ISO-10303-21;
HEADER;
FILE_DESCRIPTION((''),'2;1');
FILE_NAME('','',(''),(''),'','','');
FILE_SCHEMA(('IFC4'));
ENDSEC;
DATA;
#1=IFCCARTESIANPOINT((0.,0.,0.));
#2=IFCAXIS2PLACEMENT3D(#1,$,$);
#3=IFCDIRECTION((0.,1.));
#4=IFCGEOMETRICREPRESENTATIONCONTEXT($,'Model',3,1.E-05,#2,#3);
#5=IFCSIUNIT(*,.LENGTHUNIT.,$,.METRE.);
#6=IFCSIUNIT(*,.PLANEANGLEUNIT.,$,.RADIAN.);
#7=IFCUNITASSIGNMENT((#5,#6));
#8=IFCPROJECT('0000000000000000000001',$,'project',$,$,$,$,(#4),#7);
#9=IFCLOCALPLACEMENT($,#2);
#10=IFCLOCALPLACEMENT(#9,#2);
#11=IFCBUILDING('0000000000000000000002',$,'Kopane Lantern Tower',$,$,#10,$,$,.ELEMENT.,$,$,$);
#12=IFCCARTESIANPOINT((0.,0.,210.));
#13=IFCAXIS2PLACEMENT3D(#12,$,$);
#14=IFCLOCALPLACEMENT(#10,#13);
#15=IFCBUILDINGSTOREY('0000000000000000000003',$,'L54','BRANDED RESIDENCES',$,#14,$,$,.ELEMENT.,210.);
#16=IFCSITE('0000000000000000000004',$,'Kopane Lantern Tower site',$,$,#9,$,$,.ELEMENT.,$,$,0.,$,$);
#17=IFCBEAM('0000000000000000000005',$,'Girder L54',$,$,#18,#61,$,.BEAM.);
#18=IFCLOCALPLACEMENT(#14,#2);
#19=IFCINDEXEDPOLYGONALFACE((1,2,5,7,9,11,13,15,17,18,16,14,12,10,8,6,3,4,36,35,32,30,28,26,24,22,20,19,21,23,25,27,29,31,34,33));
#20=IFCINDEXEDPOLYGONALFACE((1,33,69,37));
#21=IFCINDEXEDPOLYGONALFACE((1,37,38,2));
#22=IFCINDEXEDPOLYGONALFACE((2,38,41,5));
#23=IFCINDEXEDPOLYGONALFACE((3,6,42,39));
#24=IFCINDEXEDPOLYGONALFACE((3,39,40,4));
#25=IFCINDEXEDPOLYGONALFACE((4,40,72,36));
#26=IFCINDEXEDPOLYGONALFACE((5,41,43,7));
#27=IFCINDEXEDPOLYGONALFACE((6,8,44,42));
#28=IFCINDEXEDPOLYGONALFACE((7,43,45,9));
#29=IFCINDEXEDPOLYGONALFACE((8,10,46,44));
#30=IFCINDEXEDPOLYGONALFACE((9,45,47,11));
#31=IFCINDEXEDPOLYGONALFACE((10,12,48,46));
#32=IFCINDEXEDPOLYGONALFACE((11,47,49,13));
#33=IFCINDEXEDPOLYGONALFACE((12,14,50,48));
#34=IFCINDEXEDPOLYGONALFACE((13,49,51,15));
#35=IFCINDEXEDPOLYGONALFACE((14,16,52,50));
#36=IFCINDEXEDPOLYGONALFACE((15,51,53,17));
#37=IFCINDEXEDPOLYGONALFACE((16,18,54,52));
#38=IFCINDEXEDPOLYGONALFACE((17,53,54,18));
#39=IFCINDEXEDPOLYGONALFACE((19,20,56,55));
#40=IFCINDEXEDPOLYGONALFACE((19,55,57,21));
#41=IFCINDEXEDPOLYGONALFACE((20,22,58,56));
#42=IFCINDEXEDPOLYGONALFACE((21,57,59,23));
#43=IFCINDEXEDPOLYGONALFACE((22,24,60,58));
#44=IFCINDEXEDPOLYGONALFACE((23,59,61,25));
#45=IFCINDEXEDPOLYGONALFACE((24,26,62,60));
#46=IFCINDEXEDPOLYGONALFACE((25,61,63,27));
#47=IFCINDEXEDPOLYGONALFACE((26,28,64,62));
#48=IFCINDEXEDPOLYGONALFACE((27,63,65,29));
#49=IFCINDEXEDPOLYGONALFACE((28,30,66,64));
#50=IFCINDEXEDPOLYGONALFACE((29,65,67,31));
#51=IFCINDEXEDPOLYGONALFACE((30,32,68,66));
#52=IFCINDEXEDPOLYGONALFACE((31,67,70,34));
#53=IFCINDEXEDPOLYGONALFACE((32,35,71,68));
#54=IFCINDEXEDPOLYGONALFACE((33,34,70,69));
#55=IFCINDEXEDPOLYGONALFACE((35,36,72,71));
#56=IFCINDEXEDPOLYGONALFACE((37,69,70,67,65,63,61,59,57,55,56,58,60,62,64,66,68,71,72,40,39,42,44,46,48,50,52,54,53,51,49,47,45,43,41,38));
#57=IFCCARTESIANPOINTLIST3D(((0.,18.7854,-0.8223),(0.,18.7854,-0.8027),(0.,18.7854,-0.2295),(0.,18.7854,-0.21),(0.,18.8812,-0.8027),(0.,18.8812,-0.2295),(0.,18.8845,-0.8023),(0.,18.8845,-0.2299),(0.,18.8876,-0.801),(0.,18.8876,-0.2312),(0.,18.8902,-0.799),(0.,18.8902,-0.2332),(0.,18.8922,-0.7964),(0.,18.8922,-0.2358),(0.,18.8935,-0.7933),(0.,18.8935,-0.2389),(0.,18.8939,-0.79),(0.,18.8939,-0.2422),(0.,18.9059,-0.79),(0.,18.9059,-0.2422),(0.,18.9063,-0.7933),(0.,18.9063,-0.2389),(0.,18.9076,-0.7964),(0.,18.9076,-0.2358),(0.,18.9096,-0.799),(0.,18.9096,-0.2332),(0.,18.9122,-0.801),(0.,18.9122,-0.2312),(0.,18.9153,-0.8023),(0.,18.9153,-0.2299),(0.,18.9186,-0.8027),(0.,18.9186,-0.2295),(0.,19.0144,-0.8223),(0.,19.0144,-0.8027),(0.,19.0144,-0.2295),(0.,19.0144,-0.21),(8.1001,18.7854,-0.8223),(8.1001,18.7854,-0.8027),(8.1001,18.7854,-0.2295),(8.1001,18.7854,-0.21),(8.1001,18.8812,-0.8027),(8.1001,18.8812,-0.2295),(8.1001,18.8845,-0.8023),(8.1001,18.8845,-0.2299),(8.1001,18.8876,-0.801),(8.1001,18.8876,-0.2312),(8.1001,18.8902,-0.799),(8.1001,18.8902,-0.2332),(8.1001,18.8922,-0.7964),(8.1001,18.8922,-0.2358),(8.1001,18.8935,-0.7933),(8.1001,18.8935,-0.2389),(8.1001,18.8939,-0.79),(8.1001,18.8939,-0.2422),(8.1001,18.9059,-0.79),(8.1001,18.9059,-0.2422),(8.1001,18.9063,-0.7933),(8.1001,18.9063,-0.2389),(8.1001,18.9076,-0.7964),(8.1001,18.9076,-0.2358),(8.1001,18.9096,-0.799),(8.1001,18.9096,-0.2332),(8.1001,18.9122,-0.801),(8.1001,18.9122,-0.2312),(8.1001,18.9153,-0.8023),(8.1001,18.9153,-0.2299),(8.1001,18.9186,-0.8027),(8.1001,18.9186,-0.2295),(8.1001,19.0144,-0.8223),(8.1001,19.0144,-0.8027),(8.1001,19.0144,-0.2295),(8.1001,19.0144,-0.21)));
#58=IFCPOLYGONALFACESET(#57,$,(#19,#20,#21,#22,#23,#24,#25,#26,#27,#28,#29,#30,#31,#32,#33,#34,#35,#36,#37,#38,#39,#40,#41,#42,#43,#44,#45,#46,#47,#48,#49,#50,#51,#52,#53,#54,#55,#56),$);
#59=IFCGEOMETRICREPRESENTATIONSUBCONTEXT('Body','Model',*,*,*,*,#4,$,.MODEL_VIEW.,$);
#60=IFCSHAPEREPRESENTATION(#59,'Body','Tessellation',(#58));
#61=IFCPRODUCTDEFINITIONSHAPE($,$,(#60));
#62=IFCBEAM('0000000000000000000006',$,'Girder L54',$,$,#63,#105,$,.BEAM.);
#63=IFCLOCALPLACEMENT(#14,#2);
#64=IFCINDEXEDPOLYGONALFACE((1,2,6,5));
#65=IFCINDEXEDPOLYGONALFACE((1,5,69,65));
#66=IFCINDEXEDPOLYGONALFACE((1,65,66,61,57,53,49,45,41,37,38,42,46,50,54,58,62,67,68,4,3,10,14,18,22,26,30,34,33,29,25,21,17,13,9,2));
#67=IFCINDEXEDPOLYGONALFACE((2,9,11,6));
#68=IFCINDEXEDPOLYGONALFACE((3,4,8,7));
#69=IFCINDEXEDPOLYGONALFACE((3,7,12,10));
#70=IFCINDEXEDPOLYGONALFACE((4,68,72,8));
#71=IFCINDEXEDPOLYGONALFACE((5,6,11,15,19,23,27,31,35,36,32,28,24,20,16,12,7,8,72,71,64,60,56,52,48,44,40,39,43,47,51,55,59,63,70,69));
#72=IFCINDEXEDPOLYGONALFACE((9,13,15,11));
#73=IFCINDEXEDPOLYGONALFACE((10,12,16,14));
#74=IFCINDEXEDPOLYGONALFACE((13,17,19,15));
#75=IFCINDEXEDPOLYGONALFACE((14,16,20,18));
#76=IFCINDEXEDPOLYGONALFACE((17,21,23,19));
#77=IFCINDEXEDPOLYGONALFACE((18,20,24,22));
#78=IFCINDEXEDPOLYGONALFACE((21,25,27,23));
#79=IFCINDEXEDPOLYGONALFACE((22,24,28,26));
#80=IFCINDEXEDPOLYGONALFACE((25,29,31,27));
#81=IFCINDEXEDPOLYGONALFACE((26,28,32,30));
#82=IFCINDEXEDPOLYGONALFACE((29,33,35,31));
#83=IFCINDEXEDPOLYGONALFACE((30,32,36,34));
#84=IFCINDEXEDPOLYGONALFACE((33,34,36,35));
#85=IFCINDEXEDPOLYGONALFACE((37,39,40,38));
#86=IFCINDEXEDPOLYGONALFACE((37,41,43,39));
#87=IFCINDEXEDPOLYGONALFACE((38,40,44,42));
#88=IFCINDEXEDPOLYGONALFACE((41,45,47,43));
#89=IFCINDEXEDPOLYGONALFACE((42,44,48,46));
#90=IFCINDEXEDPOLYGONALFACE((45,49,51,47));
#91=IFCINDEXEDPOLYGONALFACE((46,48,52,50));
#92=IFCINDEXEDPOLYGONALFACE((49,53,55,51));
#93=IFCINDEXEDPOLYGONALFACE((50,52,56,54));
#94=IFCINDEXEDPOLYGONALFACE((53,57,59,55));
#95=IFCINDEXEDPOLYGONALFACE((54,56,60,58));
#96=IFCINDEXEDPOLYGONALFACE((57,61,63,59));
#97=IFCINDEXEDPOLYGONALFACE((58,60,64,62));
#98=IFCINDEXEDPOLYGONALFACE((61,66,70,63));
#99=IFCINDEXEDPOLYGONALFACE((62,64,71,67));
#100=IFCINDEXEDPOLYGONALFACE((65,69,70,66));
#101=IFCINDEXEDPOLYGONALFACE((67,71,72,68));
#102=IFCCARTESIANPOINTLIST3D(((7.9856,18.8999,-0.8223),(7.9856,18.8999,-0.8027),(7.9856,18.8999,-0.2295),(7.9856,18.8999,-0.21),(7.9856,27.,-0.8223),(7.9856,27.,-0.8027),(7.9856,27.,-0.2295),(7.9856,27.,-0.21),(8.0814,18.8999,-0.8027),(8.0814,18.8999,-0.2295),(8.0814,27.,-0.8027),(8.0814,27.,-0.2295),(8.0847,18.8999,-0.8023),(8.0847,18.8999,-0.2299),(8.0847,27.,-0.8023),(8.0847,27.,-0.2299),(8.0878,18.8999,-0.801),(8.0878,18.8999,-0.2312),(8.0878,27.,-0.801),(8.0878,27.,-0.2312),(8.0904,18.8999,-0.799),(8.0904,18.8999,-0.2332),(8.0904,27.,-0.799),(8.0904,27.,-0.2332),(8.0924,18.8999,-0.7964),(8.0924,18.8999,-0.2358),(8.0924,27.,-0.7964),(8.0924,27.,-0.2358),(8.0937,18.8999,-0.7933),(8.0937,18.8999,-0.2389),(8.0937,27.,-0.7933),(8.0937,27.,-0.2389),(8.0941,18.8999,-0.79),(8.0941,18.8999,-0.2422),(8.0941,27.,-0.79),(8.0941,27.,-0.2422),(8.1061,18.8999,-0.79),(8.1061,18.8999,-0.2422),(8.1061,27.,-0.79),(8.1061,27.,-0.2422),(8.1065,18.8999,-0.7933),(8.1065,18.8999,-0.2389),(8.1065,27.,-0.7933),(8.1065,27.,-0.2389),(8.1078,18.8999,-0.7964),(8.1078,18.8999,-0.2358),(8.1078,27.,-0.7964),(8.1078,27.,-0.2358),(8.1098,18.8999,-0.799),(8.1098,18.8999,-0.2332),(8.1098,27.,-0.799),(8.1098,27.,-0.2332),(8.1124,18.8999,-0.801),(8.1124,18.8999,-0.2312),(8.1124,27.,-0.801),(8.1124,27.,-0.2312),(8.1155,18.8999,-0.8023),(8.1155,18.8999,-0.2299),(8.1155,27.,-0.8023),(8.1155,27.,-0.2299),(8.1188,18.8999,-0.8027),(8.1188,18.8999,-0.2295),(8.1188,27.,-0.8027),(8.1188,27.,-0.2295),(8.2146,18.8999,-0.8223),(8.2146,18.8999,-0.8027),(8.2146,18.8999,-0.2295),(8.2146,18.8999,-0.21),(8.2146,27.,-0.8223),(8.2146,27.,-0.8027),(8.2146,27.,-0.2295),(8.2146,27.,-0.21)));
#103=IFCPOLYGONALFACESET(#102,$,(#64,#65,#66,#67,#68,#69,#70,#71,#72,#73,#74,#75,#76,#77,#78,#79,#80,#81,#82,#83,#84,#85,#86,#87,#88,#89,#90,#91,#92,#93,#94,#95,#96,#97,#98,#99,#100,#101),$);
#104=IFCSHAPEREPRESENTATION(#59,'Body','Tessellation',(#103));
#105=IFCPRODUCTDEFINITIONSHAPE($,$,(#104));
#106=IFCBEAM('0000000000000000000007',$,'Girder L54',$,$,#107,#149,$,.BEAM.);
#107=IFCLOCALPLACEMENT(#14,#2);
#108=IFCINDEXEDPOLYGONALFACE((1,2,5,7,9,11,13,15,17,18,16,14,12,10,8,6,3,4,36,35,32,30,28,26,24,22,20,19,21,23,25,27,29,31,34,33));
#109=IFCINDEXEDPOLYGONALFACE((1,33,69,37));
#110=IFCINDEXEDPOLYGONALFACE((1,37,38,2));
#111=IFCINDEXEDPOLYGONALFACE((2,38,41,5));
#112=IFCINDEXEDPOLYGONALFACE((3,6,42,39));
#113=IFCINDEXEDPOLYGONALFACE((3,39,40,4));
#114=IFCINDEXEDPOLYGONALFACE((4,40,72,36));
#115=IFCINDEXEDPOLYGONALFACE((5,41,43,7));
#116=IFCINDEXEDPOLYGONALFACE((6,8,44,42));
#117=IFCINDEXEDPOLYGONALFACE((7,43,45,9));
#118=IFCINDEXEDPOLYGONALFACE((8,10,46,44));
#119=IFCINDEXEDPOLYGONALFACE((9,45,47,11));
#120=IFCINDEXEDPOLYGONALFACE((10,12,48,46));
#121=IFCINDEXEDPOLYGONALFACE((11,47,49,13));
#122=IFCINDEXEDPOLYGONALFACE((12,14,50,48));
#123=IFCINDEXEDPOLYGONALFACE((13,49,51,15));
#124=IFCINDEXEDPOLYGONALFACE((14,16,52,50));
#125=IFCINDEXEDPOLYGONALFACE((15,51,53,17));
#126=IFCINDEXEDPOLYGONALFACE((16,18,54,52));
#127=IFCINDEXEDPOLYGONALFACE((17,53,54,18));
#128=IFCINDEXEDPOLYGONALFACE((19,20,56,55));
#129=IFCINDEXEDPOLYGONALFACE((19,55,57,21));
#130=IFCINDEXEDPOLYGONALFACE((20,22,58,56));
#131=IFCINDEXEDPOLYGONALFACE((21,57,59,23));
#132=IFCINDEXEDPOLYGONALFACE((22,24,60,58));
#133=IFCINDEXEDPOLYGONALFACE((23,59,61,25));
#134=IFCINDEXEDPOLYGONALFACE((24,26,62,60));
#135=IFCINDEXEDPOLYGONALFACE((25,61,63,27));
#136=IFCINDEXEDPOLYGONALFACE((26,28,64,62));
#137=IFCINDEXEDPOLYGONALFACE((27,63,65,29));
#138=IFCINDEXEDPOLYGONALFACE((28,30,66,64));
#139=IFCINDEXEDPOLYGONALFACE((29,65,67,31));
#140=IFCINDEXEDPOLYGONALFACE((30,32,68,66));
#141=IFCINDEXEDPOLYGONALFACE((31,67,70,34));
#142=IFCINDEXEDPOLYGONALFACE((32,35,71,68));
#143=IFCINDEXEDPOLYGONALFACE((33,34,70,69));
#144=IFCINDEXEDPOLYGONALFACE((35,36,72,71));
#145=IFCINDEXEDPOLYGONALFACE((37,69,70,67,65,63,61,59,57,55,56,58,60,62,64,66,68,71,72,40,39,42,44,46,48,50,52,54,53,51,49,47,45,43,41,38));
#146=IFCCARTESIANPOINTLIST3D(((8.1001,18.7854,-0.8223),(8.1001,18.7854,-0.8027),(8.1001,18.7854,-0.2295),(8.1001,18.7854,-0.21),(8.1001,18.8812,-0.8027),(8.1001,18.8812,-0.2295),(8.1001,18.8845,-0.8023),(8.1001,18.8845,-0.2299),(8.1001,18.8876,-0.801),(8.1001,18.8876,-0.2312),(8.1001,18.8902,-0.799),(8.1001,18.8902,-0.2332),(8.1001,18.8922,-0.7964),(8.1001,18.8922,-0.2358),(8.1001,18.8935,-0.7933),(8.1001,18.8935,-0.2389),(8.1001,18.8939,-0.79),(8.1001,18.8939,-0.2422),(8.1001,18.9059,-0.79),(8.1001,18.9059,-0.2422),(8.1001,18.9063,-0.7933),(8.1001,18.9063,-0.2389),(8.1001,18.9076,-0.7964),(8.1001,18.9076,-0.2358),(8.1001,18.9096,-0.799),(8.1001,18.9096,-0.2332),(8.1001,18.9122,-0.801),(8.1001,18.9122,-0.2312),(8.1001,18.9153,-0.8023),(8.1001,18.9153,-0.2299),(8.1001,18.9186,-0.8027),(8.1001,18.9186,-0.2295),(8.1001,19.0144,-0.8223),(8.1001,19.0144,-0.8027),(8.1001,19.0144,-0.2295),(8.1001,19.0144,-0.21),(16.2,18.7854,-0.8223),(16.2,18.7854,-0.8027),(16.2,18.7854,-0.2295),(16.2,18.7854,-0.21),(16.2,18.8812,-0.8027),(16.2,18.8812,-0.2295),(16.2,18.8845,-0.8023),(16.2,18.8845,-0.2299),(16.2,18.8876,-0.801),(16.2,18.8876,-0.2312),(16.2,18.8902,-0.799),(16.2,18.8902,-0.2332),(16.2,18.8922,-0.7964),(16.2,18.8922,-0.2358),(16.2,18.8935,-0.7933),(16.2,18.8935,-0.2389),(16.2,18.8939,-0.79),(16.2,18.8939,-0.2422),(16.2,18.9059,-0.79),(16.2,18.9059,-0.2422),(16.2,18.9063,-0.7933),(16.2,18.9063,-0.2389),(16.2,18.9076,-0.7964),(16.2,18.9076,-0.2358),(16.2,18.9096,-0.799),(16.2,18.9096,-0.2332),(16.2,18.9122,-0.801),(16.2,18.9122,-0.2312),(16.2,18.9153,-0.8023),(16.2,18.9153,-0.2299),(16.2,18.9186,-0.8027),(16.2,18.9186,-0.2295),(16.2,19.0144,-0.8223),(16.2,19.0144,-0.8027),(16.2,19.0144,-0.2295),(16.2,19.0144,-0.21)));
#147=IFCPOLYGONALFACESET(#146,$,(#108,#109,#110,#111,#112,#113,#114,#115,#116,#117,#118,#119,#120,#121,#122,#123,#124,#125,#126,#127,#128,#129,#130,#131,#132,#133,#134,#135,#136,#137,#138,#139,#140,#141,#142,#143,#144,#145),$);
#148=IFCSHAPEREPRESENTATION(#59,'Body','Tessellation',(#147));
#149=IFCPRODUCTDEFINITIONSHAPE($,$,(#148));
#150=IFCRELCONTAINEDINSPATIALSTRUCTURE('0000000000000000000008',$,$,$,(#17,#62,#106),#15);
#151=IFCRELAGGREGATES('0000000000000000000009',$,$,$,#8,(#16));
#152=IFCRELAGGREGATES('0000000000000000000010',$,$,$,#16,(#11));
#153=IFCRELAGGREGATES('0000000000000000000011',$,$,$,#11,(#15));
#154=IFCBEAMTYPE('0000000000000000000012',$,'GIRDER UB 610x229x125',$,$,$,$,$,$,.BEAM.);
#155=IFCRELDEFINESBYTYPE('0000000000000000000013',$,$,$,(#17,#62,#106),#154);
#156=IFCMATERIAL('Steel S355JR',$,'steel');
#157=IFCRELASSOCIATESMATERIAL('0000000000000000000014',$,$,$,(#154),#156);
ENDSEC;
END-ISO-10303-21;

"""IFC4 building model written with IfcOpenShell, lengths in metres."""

from ifc_helpers import new_model, si_unit, direction, frame, origin, origin_2d, place, context, subcontext, project, spatial, i_section, extrude, material, material_profile, profile_set, type_object, element, save


model = new_model("IFC4")

# Units and contexts
model_context = context("Model", 3, precision=1e-05, world=origin(), true_north=direction((0.0, 1.0)))
body_context = subcontext(model_context, "Body", "Model", "MODEL_VIEW")
ifc_project = project(units=[si_unit("LENGTHUNIT", "METRE"), si_unit("PLANEANGLEUNIT", "RADIAN")], contexts=[model_context])

# Site, building, storey
site_placement = place(None, origin())
site = spatial("IfcSite", under=ifc_project, at=site_placement, Name="Kopane Lantern Tower site", CompositionType="ELEMENT", RefElevation=0.0)
building_placement = place(site_placement, origin())
building = spatial("IfcBuilding", under=site, at=building_placement, Name="Kopane Lantern Tower", CompositionType="ELEMENT")
storey_placement = place(building_placement, frame((0.0, 0.0, 210.0)))
storey = spatial("IfcBuildingStorey", under=building, at=storey_placement, Name="L54", Description="BRANDED RESIDENCES", CompositionType="ELEMENT", Elevation=210.0)

# Beams
ifc_material_1 = material(Name="Steel S355JR", Category="steel")
ifc_material_profile_1 = material_profile(ifc_material_1, i_section(OverallWidth=0.229, OverallDepth=0.6123, WebThickness=0.012, FlangeThickness=0.0195, FilletRadius=0.0127, at=origin_2d()), Name="UB 610x229x125")
ifc_profile_set_1 = profile_set([ifc_material_profile_1], Name="Steel S355JR")
beam_type_1 = type_object("IfcBeamType", Name="GIRDER UB 610x229x125", PredefinedType="BEAM", material=ifc_profile_set_1)
for number, where, z_axis, x_axis, name in (
    (1, (0.0, 18.8999, -0.5161), (1.0, 0.0, 0.0), (0.0, 1.0, 0.0), "Girder L54"),
    (2, (8.1001, 18.8999, -0.5161), (0.0, 1.0, 0.0), (-1.0, 0.0, 0.0), "Girder L54"),
):
    element("IfcBeam", number, at=place(storey_placement, frame(where, z_axis=z_axis, x_axis=x_axis)), inside=storey, type_object=beam_type_1, Name=name, PredefinedType="BEAM", context=body_context, shape_type="SweptSolid", body=[
        extrude(i_section(OverallWidth=0.229, OverallDepth=0.6123, WebThickness=0.012, FlangeThickness=0.0195, FilletRadius=0.0127, at=origin_2d()), origin(), (0.0, 0.0, 1.0), 8.1001),
    ])
beam_1_placement = place(storey_placement, frame((8.1001, 18.8999, -0.5161), z_axis=(1.0, 0.0, 0.0), x_axis=(0.0, 1.0, 0.0)))
element("IfcBeam", 3, at=beam_1_placement, inside=storey, type_object=beam_type_1, Name="Girder L54", PredefinedType="BEAM", context=body_context, shape_type="SweptSolid", body=[
    extrude(i_section(OverallWidth=0.229, OverallDepth=0.6123, WebThickness=0.012, FlangeThickness=0.0195, FilletRadius=0.0127, at=origin_2d()), origin(), (0.0, 0.0, 1.0), 8.0999),
])

save(model, "model.ifc")
